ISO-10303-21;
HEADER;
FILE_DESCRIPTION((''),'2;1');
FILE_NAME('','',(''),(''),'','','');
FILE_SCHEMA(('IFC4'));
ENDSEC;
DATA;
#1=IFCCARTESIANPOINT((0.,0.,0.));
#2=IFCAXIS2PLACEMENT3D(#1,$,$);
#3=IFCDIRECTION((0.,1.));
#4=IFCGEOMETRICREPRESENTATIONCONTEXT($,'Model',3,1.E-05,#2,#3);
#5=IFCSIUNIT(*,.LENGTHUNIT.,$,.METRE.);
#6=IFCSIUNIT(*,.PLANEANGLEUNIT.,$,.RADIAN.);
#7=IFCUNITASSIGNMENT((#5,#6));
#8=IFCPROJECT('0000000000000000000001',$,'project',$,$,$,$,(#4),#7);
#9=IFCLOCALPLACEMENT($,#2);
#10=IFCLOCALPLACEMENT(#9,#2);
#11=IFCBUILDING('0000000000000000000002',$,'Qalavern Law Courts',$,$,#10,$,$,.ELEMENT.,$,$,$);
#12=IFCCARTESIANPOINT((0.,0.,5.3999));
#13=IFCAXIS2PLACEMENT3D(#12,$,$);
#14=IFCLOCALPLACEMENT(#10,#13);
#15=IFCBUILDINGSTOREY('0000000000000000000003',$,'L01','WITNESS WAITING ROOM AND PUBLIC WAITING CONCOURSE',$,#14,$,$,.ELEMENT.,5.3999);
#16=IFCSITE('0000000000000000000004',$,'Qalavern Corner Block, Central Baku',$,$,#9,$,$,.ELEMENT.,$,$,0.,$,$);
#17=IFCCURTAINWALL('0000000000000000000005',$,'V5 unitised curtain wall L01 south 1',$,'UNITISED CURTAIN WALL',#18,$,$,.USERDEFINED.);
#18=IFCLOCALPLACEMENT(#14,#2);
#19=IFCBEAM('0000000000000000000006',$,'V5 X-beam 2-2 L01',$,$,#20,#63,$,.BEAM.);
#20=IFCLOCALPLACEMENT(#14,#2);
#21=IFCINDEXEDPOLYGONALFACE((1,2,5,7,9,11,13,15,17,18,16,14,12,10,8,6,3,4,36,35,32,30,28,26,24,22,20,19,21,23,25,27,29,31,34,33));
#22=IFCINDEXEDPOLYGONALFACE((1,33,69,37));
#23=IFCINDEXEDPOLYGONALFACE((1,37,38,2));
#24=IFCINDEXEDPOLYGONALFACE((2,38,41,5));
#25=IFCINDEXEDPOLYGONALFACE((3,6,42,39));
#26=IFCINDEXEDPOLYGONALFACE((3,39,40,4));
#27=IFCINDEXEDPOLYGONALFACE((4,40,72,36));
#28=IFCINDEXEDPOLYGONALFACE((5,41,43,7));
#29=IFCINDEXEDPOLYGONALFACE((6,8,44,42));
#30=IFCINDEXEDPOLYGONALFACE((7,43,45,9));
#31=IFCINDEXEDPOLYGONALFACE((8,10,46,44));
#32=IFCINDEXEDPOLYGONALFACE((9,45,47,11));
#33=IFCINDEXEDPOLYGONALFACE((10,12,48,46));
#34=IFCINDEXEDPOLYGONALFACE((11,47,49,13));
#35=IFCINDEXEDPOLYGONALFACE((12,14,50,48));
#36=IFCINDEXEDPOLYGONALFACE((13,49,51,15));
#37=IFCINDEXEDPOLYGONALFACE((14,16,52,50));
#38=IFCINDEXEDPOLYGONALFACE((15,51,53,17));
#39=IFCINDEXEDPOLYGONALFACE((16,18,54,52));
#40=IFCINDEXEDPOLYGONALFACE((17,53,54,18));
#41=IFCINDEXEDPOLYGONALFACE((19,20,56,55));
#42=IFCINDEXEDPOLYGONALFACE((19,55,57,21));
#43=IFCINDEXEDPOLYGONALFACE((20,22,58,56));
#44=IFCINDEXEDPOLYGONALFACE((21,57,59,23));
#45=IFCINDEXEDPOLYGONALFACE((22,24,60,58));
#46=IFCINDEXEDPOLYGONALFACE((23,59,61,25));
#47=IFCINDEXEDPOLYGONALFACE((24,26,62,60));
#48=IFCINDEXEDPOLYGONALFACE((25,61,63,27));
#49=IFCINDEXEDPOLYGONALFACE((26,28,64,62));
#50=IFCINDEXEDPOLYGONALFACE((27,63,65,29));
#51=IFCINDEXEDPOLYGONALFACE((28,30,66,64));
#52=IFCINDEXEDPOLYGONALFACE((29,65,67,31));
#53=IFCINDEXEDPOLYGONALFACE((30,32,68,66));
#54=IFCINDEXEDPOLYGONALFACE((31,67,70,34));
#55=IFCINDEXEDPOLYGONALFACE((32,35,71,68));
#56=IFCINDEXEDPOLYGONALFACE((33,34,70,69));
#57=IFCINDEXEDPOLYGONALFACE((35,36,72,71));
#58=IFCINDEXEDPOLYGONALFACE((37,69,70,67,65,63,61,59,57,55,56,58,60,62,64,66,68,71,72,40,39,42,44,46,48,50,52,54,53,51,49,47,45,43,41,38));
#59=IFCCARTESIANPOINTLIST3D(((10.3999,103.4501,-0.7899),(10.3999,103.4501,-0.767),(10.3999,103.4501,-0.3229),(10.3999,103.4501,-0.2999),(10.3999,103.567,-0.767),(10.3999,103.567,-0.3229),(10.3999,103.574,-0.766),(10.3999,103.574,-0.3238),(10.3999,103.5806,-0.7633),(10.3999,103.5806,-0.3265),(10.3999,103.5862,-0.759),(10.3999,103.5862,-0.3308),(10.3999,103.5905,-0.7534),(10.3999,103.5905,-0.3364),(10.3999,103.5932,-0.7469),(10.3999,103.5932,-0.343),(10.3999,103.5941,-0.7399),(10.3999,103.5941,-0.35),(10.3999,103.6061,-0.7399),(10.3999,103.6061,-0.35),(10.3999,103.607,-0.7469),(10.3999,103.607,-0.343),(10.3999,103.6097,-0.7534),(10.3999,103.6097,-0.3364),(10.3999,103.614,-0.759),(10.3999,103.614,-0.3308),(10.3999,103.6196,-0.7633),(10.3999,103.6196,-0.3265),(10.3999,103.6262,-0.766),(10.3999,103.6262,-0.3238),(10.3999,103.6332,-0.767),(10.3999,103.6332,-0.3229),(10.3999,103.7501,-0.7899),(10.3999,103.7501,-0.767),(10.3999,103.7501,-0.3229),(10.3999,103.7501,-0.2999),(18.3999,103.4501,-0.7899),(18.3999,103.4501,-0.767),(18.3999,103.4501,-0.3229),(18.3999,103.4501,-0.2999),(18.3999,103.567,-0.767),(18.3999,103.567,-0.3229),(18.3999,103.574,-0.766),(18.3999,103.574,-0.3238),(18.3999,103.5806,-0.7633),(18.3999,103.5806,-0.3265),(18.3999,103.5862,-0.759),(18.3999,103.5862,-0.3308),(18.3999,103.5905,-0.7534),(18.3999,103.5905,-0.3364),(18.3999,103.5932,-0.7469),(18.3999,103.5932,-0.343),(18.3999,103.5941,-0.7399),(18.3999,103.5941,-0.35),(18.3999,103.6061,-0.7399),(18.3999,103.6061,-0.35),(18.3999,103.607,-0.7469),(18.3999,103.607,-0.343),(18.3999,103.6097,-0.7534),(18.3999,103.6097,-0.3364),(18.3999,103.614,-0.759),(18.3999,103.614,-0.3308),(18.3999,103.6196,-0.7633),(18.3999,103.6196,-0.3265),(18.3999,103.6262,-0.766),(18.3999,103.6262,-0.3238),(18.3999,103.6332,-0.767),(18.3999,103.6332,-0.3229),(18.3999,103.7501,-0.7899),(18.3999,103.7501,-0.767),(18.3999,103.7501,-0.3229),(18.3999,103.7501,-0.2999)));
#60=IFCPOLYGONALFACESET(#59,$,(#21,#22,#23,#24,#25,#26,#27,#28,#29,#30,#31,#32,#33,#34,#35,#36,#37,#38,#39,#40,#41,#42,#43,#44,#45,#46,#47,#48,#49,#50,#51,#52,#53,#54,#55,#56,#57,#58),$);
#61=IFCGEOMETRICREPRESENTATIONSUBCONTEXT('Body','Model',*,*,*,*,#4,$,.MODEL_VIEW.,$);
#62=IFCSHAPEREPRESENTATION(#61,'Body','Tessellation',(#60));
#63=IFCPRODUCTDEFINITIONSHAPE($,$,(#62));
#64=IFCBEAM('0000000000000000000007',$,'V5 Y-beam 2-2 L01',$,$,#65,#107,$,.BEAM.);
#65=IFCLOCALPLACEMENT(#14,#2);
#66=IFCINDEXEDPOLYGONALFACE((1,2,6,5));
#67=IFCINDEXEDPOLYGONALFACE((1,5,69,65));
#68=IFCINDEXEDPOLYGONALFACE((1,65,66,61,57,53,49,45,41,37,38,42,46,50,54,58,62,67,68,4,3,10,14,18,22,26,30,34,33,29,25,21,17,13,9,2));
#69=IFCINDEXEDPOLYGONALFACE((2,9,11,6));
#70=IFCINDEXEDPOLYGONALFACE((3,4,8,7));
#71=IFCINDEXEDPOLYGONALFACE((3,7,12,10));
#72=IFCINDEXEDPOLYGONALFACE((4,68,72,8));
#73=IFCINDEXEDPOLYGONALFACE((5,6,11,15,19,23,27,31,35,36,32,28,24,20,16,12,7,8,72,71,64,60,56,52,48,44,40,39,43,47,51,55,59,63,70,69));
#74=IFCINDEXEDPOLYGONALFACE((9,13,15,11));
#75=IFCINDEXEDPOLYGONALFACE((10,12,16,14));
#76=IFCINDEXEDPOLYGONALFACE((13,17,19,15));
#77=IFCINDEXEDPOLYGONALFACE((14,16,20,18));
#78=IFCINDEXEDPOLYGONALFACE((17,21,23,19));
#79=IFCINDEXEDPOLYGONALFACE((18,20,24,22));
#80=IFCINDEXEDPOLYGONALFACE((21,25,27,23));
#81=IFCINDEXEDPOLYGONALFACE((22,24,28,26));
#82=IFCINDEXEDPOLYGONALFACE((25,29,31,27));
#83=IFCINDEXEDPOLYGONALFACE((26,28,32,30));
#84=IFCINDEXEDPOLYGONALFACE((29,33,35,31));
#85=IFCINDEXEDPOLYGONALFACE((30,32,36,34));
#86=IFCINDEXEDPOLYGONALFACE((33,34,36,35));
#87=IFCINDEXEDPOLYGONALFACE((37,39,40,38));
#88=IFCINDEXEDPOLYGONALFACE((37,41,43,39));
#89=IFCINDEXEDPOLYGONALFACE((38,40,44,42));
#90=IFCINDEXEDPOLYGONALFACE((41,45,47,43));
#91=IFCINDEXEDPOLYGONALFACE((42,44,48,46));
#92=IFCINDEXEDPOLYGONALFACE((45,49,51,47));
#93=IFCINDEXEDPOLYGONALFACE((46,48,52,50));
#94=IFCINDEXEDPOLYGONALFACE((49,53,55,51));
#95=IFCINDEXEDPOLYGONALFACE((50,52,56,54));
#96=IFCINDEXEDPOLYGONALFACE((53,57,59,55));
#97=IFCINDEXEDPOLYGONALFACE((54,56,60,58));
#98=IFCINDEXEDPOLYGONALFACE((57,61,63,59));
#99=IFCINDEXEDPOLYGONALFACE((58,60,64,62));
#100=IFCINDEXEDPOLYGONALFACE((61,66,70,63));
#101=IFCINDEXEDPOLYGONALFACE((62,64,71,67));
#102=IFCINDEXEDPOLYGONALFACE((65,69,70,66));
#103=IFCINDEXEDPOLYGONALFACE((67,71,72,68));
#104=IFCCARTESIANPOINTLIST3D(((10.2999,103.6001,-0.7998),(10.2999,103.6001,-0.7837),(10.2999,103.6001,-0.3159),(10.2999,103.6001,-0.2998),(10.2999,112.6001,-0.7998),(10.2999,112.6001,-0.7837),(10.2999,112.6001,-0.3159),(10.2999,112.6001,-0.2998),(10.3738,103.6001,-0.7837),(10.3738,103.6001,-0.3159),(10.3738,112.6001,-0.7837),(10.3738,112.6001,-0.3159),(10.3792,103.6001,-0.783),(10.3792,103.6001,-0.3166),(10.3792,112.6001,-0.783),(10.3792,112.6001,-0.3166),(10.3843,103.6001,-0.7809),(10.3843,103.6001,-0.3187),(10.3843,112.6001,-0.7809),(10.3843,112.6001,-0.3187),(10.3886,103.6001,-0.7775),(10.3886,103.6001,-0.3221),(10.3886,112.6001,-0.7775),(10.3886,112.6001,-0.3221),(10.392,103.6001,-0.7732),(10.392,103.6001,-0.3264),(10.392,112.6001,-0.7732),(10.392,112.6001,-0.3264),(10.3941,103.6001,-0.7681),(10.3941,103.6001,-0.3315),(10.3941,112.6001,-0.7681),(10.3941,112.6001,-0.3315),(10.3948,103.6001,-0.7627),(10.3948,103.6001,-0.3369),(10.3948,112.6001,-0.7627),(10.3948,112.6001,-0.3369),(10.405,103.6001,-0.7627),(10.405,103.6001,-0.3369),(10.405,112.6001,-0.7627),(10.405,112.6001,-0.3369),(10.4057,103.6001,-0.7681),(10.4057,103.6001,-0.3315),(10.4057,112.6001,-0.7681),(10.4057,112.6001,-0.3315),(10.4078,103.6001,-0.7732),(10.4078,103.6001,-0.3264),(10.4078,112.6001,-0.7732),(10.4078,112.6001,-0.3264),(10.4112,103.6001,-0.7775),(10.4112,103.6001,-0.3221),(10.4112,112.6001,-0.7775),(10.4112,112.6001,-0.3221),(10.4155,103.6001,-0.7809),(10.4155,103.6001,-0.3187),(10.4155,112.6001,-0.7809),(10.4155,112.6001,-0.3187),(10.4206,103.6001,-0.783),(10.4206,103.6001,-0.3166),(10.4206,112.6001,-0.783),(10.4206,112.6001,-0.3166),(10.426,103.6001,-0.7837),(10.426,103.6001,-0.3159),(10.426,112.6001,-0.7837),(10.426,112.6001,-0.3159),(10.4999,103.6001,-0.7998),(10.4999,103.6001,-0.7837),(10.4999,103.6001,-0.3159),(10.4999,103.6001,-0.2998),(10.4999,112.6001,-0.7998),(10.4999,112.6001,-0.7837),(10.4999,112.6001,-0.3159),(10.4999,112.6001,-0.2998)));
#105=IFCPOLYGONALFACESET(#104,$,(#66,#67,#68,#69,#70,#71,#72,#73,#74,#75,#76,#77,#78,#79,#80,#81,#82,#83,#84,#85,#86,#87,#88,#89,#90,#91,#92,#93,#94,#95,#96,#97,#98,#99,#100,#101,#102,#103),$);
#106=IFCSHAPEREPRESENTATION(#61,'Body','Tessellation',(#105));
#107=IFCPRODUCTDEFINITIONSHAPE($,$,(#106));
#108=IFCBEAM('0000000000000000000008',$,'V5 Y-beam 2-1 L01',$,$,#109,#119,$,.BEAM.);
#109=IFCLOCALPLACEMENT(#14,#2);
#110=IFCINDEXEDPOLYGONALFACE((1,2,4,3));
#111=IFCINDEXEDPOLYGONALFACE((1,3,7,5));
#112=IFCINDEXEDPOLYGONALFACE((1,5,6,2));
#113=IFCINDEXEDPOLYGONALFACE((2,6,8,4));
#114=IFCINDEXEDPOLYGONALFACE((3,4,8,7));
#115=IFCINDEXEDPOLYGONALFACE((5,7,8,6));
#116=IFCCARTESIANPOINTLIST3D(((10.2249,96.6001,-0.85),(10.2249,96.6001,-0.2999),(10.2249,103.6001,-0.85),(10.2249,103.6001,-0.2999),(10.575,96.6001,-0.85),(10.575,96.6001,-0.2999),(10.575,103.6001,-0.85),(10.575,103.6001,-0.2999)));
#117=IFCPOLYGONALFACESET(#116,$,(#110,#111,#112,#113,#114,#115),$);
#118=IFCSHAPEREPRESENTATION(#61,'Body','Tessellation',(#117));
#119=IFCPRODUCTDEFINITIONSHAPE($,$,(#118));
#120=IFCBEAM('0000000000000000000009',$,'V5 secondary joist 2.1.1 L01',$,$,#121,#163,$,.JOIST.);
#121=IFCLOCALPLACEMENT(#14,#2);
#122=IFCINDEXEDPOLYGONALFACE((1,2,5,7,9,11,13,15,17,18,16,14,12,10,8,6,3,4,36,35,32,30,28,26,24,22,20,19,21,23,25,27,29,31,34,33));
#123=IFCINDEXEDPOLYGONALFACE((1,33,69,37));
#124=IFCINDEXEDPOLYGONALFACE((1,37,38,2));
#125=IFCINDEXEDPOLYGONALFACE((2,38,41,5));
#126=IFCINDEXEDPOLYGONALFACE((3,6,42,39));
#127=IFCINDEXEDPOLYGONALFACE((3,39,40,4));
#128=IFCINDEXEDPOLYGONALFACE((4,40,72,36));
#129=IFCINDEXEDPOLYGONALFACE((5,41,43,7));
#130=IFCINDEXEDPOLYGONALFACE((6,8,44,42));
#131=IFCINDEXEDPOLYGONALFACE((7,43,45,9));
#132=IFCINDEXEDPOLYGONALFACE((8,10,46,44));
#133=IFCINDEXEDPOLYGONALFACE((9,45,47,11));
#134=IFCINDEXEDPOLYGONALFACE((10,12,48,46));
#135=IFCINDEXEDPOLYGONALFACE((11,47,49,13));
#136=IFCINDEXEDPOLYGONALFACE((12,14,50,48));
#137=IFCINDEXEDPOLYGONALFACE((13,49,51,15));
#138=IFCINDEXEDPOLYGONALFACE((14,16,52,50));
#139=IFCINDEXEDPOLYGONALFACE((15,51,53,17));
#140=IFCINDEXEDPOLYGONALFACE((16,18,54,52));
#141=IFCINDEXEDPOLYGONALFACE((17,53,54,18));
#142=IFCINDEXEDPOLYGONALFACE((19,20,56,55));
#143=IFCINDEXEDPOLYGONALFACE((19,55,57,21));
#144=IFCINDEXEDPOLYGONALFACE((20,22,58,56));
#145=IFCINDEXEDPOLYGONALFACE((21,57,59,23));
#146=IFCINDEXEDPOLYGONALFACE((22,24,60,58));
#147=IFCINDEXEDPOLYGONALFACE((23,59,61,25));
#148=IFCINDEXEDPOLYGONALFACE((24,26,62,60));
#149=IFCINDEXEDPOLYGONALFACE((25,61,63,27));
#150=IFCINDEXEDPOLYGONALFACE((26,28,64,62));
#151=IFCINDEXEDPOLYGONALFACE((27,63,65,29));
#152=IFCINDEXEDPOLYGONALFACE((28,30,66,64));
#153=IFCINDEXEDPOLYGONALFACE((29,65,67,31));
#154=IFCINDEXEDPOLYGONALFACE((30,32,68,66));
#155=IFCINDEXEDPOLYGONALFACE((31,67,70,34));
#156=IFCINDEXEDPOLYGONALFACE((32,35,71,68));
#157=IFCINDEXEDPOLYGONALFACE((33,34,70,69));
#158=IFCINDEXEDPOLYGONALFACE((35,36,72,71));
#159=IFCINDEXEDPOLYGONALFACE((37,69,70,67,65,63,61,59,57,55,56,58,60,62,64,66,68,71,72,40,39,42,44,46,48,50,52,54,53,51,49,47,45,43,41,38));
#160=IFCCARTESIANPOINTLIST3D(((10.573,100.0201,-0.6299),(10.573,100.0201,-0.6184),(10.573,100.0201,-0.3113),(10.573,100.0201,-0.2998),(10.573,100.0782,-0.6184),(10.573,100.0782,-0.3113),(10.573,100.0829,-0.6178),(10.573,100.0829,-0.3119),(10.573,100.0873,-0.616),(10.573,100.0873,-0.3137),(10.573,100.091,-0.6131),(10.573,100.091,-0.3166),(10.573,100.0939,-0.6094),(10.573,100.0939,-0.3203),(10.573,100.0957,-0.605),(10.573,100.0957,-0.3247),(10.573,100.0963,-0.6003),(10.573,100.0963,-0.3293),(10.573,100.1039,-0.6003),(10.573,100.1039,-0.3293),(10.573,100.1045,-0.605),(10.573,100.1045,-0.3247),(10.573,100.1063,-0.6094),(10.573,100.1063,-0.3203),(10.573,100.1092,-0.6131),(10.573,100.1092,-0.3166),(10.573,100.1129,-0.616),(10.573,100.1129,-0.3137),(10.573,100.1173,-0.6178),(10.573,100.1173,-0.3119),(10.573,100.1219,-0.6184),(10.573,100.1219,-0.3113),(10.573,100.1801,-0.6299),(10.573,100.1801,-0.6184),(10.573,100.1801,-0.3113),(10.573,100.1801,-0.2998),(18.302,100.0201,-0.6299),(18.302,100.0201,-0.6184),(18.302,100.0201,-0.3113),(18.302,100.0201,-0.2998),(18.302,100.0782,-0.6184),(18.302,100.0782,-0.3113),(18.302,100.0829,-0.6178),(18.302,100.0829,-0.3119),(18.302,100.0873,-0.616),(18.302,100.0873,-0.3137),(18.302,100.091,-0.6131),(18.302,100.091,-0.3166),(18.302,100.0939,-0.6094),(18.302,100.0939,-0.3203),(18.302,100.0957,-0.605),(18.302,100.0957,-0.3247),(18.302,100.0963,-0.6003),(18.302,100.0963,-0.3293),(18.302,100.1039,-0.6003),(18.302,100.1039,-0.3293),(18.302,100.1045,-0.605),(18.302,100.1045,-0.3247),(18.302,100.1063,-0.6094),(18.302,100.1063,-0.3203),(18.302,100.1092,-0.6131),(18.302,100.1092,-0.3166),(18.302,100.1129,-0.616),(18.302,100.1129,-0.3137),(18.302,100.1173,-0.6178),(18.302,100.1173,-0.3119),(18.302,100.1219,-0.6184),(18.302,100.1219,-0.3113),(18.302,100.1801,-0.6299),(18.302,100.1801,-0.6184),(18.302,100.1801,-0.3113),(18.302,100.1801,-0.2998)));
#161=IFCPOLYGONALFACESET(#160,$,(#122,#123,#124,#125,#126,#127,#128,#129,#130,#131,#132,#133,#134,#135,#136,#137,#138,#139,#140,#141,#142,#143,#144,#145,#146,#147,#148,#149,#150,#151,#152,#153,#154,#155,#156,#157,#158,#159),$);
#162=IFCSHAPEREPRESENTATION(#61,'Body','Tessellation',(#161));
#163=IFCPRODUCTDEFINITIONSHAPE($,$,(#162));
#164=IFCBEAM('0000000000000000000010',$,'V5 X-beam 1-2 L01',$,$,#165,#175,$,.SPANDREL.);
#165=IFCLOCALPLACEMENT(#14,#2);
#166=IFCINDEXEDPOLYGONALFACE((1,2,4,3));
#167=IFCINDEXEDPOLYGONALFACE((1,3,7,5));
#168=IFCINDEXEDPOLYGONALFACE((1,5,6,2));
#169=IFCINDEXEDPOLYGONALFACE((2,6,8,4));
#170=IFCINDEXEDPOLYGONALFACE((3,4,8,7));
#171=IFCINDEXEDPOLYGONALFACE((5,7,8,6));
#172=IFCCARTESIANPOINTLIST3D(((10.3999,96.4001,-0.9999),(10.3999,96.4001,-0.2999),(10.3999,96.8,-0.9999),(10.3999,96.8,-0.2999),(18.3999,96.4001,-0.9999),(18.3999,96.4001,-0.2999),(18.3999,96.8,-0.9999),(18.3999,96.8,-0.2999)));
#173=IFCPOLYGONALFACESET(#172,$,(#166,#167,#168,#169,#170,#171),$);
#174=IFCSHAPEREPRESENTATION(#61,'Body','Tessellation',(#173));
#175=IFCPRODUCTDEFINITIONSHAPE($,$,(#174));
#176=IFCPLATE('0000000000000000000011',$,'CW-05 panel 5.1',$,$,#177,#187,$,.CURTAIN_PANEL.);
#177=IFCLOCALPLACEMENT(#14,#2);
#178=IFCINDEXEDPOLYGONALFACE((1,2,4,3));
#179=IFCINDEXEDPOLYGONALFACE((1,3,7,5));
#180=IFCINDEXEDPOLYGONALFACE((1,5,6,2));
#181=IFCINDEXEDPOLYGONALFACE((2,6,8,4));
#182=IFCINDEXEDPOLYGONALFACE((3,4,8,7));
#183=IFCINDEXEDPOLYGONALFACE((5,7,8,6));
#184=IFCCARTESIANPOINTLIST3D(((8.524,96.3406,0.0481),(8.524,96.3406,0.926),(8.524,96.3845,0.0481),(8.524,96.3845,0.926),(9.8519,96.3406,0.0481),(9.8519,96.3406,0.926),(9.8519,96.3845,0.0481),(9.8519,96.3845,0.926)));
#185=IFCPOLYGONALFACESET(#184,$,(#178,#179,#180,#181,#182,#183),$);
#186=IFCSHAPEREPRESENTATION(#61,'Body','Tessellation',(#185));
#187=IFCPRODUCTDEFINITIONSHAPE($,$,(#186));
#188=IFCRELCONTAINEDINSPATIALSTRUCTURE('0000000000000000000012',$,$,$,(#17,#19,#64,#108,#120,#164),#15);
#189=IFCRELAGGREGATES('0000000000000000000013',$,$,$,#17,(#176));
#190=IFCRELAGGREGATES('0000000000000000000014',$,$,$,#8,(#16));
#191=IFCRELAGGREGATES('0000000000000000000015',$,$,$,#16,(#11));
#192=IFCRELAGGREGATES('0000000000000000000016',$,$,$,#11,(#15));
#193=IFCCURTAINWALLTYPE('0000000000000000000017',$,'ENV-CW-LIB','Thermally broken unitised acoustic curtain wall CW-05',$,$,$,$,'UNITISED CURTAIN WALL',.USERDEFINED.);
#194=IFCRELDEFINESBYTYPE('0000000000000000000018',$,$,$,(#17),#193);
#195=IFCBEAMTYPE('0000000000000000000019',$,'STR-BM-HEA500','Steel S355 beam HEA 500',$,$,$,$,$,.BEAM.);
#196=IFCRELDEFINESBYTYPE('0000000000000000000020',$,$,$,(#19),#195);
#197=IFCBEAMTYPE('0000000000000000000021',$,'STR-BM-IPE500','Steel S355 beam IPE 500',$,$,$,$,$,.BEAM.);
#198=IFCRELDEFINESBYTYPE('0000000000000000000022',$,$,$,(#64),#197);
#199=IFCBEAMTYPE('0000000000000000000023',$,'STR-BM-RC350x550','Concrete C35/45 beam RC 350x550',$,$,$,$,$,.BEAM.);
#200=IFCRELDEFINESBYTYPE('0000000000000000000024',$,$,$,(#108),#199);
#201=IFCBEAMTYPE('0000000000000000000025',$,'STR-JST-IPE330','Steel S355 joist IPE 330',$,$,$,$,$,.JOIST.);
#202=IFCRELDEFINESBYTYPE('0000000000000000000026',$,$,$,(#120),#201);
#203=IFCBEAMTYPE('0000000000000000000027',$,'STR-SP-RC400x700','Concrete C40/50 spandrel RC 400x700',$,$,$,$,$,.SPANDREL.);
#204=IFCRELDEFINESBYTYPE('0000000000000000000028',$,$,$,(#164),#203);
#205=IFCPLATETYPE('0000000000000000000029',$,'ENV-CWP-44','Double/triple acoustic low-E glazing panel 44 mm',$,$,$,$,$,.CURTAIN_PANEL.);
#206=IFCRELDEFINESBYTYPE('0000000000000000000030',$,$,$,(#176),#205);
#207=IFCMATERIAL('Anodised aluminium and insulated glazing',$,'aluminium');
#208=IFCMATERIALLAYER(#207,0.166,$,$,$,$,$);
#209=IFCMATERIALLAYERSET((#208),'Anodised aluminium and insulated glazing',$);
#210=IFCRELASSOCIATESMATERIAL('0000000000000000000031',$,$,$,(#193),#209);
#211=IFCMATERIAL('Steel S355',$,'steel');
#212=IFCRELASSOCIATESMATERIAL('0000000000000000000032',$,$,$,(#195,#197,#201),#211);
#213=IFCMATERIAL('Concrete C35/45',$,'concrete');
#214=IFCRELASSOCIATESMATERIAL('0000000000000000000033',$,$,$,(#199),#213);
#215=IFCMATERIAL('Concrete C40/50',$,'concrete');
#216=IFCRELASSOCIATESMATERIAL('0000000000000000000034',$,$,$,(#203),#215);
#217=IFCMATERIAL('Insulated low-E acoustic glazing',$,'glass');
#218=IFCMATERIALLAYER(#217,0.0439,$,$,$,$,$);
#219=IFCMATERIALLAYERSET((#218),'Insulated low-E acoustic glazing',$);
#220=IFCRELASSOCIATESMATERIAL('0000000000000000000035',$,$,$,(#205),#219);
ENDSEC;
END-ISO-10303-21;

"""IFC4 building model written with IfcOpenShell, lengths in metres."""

from ifc_helpers import new_model, si_unit, direction, frame, origin, origin_2d, place, context, subcontext, project, spatial, rectangle, i_section, extrude, material, layer, layer_set, material_profile, profile_set, type_object, element, aggregate, save


model = new_model("IFC4")

# Units and contexts
model_context = context("Model", 3, precision=1e-05, world=origin(), true_north=direction((0.0, 1.0)))
body_context = subcontext(model_context, "Body", "Model", "MODEL_VIEW")
ifc_project = project(units=[si_unit("LENGTHUNIT", "METRE"), si_unit("PLANEANGLEUNIT", "RADIAN")], contexts=[model_context])

# Site, building, storey
site_placement = place(None, origin())
site = spatial("IfcSite", under=ifc_project, at=site_placement, Name="Qalavern Corner Block, Central Baku", CompositionType="ELEMENT", RefElevation=0.0)
building_placement = place(site_placement, origin())
building = spatial("IfcBuilding", under=site, at=building_placement, Name="Qalavern Law Courts", CompositionType="ELEMENT")
storey_placement = place(building_placement, frame((0.0, 0.0, 5.3999)))
storey = spatial("IfcBuildingStorey", under=building, at=storey_placement, Name="L01", Description="WITNESS WAITING ROOM AND PUBLIC WAITING CONCOURSE", CompositionType="ELEMENT", Elevation=5.3999)

# Curtain wall
ifc_material_1 = material(Name="Anodised aluminium and insulated glazing", Category="aluminium")
ifc_layer_1 = layer(ifc_material_1, 0.166)
ifc_layer_set_1 = layer_set([ifc_layer_1], Name="Anodised aluminium and insulated glazing")
curtain_wall_type = type_object("IfcCurtainWallType", Name="ENV-CW-LIB", Description="Thermally broken unitised acoustic curtain wall CW-05", ElementType="UNITISED CURTAIN WALL", PredefinedType="USERDEFINED", material=ifc_layer_set_1)
curtain_wall_1_placement = place(storey_placement, origin())
curtain_wall_1 = element("IfcCurtainWall", 1, at=curtain_wall_1_placement, inside=storey, type_object=curtain_wall_type, Name="V5 unitised curtain wall L01 south 1", ObjectType="UNITISED CURTAIN WALL", PredefinedType="USERDEFINED")

# Beams
ifc_material_2 = material(Name="Steel S355", Category="steel")
ifc_material_profile_1 = material_profile(ifc_material_2, i_section(OverallWidth=0.3, OverallDepth=0.49, WebThickness=0.012, FlangeThickness=0.0229, FilletRadius=0.0271, at=origin_2d()), Name="HEA 500")
ifc_profile_set_1 = profile_set([ifc_material_profile_1], Name="Steel S355")
beam_type_1 = type_object("IfcBeamType", Name="STR-BM-HEA500", Description="Steel S355 beam HEA 500", PredefinedType="BEAM", material=ifc_profile_set_1)
beam_1_placement = place(storey_placement, frame((10.3999, 103.6001, -0.5449), z_axis=(1.0, 0.0, 0.0), x_axis=(0.0, 1.0, 0.0)))
element("IfcBeam", 2, at=beam_1_placement, inside=storey, type_object=beam_type_1, Name="V5 X-beam 2-2 L01", PredefinedType="BEAM", context=body_context, shape_type="SweptSolid", body=[
    extrude(i_section(OverallWidth=0.3, OverallDepth=0.49, WebThickness=0.012, FlangeThickness=0.0229, FilletRadius=0.0271, at=origin_2d()), origin(), (0.0, 0.0, 1.0), 8.0),
])
ifc_material_profile_2 = material_profile(ifc_material_2, i_section(OverallWidth=0.2, OverallDepth=0.5, WebThickness=0.0103, FlangeThickness=0.0161, FilletRadius=0.021, at=origin_2d()), Name="IPE 500")
ifc_profile_set_2 = profile_set([ifc_material_profile_2], Name="Steel S355")
beam_type_2 = type_object("IfcBeamType", Name="STR-BM-IPE500", Description="Steel S355 beam IPE 500", PredefinedType="BEAM", material=ifc_profile_set_2)
beam_2_placement = place(storey_placement, frame((10.3999, 103.6001, -0.5498), z_axis=(0.0, 1.0, 0.0), x_axis=(-1.0, 0.0, 0.0)))
element("IfcBeam", 3, at=beam_2_placement, inside=storey, type_object=beam_type_2, Name="V5 Y-beam 2-2 L01", PredefinedType="BEAM", context=body_context, shape_type="SweptSolid", body=[
    extrude(i_section(OverallWidth=0.2, OverallDepth=0.5, WebThickness=0.0103, FlangeThickness=0.0161, FilletRadius=0.021, at=origin_2d()), origin(), (0.0, 0.0, 1.0), 9.0),
])
ifc_material_3 = material(Name="Concrete C35/45", Category="concrete")
ifc_material_profile_3 = material_profile(ifc_material_3, rectangle(XDim=0.3501, YDim=0.55, at=origin_2d()), Name="RC 350x550")
ifc_profile_set_3 = profile_set([ifc_material_profile_3], Name="Concrete C35/45")
beam_type_3 = type_object("IfcBeamType", Name="STR-BM-RC350x550", Description="Concrete C35/45 beam RC 350x550", PredefinedType="BEAM", material=ifc_profile_set_3)
beam_3_placement = place(storey_placement, frame((10.3999, 96.6001, -0.575), z_axis=(0.0, 1.0, 0.0), x_axis=(-1.0, 0.0, 0.0)))
element("IfcBeam", 4, at=beam_3_placement, inside=storey, type_object=beam_type_3, Name="V5 Y-beam 2-1 L01", PredefinedType="BEAM", context=body_context, shape_type="SweptSolid", body=[
    extrude(rectangle(XDim=0.3501, YDim=0.55, at=origin_2d()), origin(), (0.0, 0.0, 1.0), 7.0),
])
ifc_material_profile_4 = material_profile(ifc_material_2, i_section(OverallWidth=0.1599, OverallDepth=0.3301, WebThickness=0.0076, FlangeThickness=0.0115, FilletRadius=0.0181, at=origin_2d()), Name="IPE 330")
ifc_profile_set_4 = profile_set([ifc_material_profile_4], Name="Steel S355")
beam_type_4 = type_object("IfcBeamType", Name="STR-JST-IPE330", Description="Steel S355 joist IPE 330", PredefinedType="JOIST", material=ifc_profile_set_4)
beam_4_placement = place(storey_placement, frame((10.573, 100.1001, -0.4648), z_axis=(1.0, 0.0, 0.0), x_axis=(0.0, 1.0, 0.0)))
element("IfcBeam", 5, at=beam_4_placement, inside=storey, type_object=beam_type_4, Name="V5 secondary joist 2.1.1 L01", PredefinedType="JOIST", context=body_context, shape_type="SweptSolid", body=[
    extrude(i_section(OverallWidth=0.1599, OverallDepth=0.3301, WebThickness=0.0076, FlangeThickness=0.0115, FilletRadius=0.0181, at=origin_2d()), origin(), (0.0, 0.0, 1.0), 7.729),
])
ifc_material_4 = material(Name="Concrete C40/50", Category="concrete")
ifc_material_profile_5 = material_profile(ifc_material_4, rectangle(XDim=0.3999, YDim=0.7, at=origin_2d()), Name="RC 400x700")
ifc_profile_set_5 = profile_set([ifc_material_profile_5], Name="Concrete C40/50")
beam_type_5 = type_object("IfcBeamType", Name="STR-SP-RC400x700", Description="Concrete C40/50 spandrel RC 400x700", PredefinedType="SPANDREL", material=ifc_profile_set_5)
beam_5_placement = place(storey_placement, frame((10.3999, 96.6001, -0.6499), z_axis=(1.0, 0.0, 0.0), x_axis=(0.0, 1.0, 0.0)))
element("IfcBeam", 6, at=beam_5_placement, inside=storey, type_object=beam_type_5, Name="V5 X-beam 1-2 L01", PredefinedType="SPANDREL", context=body_context, shape_type="SweptSolid", body=[
    extrude(rectangle(XDim=0.3999, YDim=0.7, at=origin_2d()), origin(), (0.0, 0.0, 1.0), 8.0),
])

# Plate
ifc_material_5 = material(Name="Insulated low-E acoustic glazing", Category="glass")
ifc_layer_2 = layer(ifc_material_5, 0.0439)
ifc_layer_set_2 = layer_set([ifc_layer_2], Name="Insulated low-E acoustic glazing")
plate_type = type_object("IfcPlateType", Name="ENV-CWP-44", Description="Double/triple acoustic low-E glazing panel 44 mm", PredefinedType="CURTAIN_PANEL", material=ifc_layer_set_2)
plate_1_placement = place(storey_placement, frame((9.188, 96.3625, 0.0481), z_axis=(0.0, 0.0, 1.0), x_axis=(1.0, 0.0, 0.0)))
plate_1 = element("IfcPlate", 7, at=plate_1_placement, type_object=plate_type, Name="CW-05 panel 5.1", PredefinedType="CURTAIN_PANEL", context=body_context, shape_type="SweptSolid", body=[
    extrude(rectangle(XDim=1.3279, YDim=0.0439, at=origin_2d()), origin(), (0.0, 0.0, 1.0), 0.8779),
])
aggregate(curtain_wall_1, [plate_1])

save(model, "model.ifc")
